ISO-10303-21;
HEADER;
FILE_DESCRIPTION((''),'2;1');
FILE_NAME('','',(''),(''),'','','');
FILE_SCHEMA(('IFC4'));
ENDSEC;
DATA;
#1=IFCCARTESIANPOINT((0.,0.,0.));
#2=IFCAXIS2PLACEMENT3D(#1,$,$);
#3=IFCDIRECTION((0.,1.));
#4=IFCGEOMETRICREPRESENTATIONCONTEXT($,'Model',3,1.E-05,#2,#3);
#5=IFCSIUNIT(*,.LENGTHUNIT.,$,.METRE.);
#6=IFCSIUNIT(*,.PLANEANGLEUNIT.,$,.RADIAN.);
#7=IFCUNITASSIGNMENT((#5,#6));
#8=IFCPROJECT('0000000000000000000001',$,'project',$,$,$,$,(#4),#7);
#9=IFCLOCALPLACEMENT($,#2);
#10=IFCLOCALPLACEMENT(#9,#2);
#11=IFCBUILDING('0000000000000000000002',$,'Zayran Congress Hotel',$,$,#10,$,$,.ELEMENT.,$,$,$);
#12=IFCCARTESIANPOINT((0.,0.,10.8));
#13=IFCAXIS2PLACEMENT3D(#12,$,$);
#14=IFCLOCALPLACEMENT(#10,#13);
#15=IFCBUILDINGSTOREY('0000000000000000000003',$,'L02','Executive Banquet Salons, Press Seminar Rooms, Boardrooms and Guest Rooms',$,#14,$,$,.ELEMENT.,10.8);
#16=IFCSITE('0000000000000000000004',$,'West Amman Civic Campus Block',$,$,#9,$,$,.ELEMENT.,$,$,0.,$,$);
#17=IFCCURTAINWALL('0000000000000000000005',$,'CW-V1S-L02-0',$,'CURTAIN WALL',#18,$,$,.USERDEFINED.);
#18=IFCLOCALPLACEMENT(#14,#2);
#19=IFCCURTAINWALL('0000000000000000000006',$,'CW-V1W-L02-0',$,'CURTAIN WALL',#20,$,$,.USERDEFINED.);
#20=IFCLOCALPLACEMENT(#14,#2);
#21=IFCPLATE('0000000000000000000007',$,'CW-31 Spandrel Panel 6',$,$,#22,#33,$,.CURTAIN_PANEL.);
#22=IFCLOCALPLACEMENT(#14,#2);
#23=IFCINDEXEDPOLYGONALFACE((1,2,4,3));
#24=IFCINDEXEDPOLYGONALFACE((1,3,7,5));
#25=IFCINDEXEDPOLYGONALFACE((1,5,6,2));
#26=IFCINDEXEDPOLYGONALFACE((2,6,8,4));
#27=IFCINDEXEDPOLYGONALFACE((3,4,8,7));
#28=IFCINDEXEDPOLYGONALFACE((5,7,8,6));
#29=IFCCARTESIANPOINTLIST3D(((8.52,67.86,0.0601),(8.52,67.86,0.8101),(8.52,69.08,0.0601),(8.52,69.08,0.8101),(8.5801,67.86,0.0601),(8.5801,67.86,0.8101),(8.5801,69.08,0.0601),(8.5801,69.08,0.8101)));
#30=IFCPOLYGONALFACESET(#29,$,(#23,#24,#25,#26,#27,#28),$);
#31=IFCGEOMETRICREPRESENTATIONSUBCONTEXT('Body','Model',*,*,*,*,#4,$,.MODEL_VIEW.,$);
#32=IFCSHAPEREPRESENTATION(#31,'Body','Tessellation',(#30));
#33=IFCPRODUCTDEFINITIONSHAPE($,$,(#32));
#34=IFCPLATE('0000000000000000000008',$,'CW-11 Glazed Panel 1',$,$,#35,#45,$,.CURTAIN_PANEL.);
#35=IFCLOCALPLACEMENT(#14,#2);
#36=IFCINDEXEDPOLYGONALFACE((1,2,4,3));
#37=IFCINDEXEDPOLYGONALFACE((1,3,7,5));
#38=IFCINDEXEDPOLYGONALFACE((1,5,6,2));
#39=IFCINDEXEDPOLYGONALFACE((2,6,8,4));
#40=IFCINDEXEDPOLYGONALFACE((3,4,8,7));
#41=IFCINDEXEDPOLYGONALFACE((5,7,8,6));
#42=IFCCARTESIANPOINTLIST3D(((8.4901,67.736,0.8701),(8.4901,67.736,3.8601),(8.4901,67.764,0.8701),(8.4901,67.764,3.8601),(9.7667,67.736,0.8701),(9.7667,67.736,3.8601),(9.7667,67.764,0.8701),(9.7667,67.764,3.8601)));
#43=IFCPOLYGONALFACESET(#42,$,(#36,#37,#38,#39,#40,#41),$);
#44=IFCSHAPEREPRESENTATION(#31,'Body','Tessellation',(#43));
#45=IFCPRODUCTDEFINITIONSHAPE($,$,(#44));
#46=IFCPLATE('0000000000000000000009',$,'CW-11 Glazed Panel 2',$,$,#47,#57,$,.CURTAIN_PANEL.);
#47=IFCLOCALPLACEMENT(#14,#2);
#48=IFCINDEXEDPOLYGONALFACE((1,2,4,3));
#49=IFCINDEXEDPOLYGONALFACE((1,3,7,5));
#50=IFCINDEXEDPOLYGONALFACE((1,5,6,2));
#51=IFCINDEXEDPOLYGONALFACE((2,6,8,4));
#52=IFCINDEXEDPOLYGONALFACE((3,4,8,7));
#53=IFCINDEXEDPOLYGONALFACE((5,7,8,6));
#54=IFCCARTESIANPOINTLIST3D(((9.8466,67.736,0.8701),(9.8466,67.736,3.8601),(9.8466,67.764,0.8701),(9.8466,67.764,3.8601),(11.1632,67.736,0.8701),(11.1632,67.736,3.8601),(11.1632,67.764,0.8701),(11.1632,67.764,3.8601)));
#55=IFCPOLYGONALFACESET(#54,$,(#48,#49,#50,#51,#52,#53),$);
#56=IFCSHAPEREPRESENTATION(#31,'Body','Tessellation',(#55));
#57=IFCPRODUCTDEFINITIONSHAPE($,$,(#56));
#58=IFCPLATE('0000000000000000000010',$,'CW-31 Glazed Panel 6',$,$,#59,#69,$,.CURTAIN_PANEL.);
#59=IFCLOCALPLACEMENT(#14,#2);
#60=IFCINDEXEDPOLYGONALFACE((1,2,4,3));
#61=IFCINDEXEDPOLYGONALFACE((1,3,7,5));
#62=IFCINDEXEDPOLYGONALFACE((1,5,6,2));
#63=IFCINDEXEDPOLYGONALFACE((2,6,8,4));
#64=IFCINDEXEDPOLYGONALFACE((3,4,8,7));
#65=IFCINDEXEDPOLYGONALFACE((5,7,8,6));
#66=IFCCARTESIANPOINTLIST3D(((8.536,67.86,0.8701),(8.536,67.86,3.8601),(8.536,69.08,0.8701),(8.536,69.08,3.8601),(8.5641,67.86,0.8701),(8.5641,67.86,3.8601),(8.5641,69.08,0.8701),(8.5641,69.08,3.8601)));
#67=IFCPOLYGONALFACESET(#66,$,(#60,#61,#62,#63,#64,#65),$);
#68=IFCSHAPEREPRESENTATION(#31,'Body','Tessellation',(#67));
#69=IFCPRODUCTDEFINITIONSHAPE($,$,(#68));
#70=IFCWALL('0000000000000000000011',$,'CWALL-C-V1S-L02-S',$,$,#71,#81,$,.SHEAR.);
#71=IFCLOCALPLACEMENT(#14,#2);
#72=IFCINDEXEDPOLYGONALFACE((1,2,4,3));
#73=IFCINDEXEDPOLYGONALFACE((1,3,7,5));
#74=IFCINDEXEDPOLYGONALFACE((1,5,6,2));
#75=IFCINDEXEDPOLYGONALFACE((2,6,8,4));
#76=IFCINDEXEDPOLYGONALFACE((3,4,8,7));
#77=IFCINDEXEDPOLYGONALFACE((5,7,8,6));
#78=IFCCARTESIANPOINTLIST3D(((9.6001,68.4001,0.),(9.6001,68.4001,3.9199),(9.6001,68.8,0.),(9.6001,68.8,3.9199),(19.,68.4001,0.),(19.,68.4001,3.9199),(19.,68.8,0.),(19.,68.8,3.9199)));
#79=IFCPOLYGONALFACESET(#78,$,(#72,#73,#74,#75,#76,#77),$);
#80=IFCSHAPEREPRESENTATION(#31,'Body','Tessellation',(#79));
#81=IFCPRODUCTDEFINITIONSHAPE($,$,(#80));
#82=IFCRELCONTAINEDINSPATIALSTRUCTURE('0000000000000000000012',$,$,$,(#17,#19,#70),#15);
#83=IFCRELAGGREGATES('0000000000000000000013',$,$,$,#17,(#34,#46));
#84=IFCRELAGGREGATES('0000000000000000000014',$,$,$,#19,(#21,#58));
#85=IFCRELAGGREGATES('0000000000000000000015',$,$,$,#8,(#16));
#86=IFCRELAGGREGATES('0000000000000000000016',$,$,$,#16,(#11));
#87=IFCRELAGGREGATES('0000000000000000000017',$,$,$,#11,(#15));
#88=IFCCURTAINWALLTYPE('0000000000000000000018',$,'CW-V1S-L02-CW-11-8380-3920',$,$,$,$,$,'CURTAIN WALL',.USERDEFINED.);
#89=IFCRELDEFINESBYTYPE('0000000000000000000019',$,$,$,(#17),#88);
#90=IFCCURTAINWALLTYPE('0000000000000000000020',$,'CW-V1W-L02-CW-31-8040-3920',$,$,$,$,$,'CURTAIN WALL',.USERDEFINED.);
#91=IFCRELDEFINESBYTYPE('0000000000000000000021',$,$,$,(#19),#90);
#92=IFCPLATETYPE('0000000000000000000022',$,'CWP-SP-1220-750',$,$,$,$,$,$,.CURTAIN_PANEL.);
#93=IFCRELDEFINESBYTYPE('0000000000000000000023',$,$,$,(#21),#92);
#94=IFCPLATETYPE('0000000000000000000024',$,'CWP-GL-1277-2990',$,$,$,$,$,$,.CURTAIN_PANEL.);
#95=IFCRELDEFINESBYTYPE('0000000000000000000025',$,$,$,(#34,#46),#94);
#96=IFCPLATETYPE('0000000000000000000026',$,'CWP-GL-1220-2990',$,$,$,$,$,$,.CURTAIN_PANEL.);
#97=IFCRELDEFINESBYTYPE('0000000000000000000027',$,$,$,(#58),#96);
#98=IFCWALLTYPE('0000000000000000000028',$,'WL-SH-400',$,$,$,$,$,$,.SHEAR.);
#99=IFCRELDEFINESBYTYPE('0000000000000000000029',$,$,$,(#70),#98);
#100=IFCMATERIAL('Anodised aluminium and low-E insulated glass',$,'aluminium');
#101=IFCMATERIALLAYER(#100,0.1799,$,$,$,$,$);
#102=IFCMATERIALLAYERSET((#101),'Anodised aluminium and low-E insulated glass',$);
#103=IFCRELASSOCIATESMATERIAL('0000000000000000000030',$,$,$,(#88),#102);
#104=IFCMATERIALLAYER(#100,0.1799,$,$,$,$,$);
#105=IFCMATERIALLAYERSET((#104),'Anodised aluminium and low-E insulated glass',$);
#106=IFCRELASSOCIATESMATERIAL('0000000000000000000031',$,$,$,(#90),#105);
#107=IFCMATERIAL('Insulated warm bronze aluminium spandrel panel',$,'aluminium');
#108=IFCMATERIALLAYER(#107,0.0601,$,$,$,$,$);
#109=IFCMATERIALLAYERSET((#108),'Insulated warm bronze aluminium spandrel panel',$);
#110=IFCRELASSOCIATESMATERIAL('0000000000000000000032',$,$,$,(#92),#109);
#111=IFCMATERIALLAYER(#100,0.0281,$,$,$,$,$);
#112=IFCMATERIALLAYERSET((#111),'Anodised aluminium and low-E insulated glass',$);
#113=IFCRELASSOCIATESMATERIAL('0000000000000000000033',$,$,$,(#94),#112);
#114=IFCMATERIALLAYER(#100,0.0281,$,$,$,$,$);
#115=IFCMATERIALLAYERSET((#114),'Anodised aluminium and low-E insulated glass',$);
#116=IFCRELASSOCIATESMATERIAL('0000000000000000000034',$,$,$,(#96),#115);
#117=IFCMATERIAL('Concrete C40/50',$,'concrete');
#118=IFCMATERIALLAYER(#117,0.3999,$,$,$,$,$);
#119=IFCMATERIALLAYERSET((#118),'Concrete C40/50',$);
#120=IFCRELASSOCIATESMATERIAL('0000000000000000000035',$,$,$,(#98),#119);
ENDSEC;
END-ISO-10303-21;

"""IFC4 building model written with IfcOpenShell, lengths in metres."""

from ifc_helpers import new_model, si_unit, direction, frame, frame_2d, origin, origin_2d, place, context, subcontext, project, spatial, rectangle, extrude, material, layer, layer_set, type_object, element, aggregate, save


model = new_model("IFC4")

# Units and contexts
model_context = context("Model", 3, precision=1e-05, world=origin(), true_north=direction((0.0, 1.0)))
body_context = subcontext(model_context, "Body", "Model", "MODEL_VIEW")
ifc_project = project(units=[si_unit("LENGTHUNIT", "METRE"), si_unit("PLANEANGLEUNIT", "RADIAN")], contexts=[model_context])

# Site, building, storey
site_placement = place(None, origin())
site = spatial("IfcSite", under=ifc_project, at=site_placement, Name="West Amman Civic Campus Block", CompositionType="ELEMENT", RefElevation=0.0)
building_placement = place(site_placement, origin())
building = spatial("IfcBuilding", under=site, at=building_placement, Name="Zayran Congress Hotel", CompositionType="ELEMENT")
storey_placement = place(building_placement, frame((0.0, 0.0, 10.8)))
storey = spatial("IfcBuildingStorey", under=building, at=storey_placement, Name="L02", Description="Executive Banquet Salons, Press Seminar Rooms, Boardrooms and Guest Rooms", CompositionType="ELEMENT", Elevation=10.8)

# Curtain wall
ifc_material_1 = material(Name="Anodised aluminium and low-E insulated glass", Category="aluminium")
ifc_layer_1 = layer(ifc_material_1, 0.1799)
ifc_layer_set_1 = layer_set([ifc_layer_1], Name="Anodised aluminium and low-E insulated glass")
curtain_wall_type_1 = type_object("IfcCurtainWallType", Name="CW-V1S-L02-CW-11-8380-3920", ElementType="CURTAIN WALL", PredefinedType="USERDEFINED", material=ifc_layer_set_1)
curtain_wall_1_placement = place(storey_placement, origin())
curtain_wall_1 = element("IfcCurtainWall", 1, at=curtain_wall_1_placement, inside=storey, type_object=curtain_wall_type_1, Name="CW-V1S-L02-0", ObjectType="CURTAIN WALL", PredefinedType="USERDEFINED")

# Curtain wall
ifc_layer_2 = layer(ifc_material_1, 0.1799)
ifc_layer_set_2 = layer_set([ifc_layer_2], Name="Anodised aluminium and low-E insulated glass")
curtain_wall_type_2 = type_object("IfcCurtainWallType", Name="CW-V1W-L02-CW-31-8040-3920", ElementType="CURTAIN WALL", PredefinedType="USERDEFINED", material=ifc_layer_set_2)
curtain_wall_2_placement = place(storey_placement, origin())
curtain_wall_2 = element("IfcCurtainWall", 2, at=curtain_wall_2_placement, inside=storey, type_object=curtain_wall_type_2, Name="CW-V1W-L02-0", ObjectType="CURTAIN WALL", PredefinedType="USERDEFINED")

# Plates
ifc_material_2 = material(Name="Insulated warm bronze aluminium spandrel panel", Category="aluminium")
ifc_layer_3 = layer(ifc_material_2, 0.0601)
ifc_layer_set_3 = layer_set([ifc_layer_3], Name="Insulated warm bronze aluminium spandrel panel")
plate_type_1 = type_object("IfcPlateType", Name="CWP-SP-1220-750", PredefinedType="CURTAIN_PANEL", material=ifc_layer_set_3)
plate_1_placement = place(storey_placement, frame((8.55, 68.47, 0.0601), z_axis=(0.0, 0.0, 1.0), x_axis=(0.0, 1.0, 0.0)))
plate_1 = element("IfcPlate", 3, at=plate_1_placement, type_object=plate_type_1, Name="CW-31 Spandrel Panel 6", PredefinedType="CURTAIN_PANEL", context=body_context, shape_type="SweptSolid", body=[
    extrude(rectangle(XDim=1.22, YDim=0.0601, at=origin_2d()), origin(), (0.0, 0.0, 1.0), 0.75),
])
ifc_layer_4 = layer(ifc_material_1, 0.0281)
ifc_layer_set_4 = layer_set([ifc_layer_4], Name="Anodised aluminium and low-E insulated glass")
plate_type_2 = type_object("IfcPlateType", Name="CWP-GL-1277-2990", PredefinedType="CURTAIN_PANEL", material=ifc_layer_set_4)
plate_2_placement = place(storey_placement, frame((9.1284, 67.75, 0.8701), z_axis=(0.0, 0.0, 1.0), x_axis=(1.0, 0.0, 0.0)))
plate_2 = element("IfcPlate", 4, at=plate_2_placement, type_object=plate_type_2, Name="CW-11 Glazed Panel 1", PredefinedType="CURTAIN_PANEL", context=body_context, shape_type="SweptSolid", body=[
    extrude(rectangle(XDim=1.2766, YDim=0.0281, at=origin_2d()), origin(), (0.0, 0.0, 1.0), 2.99),
])
plate_3_placement = place(storey_placement, frame((10.5049, 67.75, 0.8701), z_axis=(0.0, 0.0, 1.0), x_axis=(1.0, 0.0, 0.0)))
plate_3 = element("IfcPlate", 5, at=plate_3_placement, type_object=plate_type_2, Name="CW-11 Glazed Panel 2", PredefinedType="CURTAIN_PANEL", context=body_context, shape_type="SweptSolid", body=[
    extrude(rectangle(XDim=1.3167, YDim=0.0281, at=origin_2d()), origin(), (0.0, 0.0, 1.0), 2.99),
])
aggregate(curtain_wall_1, [plate_2, plate_3])
ifc_layer_5 = layer(ifc_material_1, 0.0281)
ifc_layer_set_5 = layer_set([ifc_layer_5], Name="Anodised aluminium and low-E insulated glass")
plate_type_3 = type_object("IfcPlateType", Name="CWP-GL-1220-2990", PredefinedType="CURTAIN_PANEL", material=ifc_layer_set_5)
plate_4_placement = place(storey_placement, frame((8.55, 68.47, 0.8701), z_axis=(0.0, 0.0, 1.0), x_axis=(0.0, 1.0, 0.0)))
plate_4 = element("IfcPlate", 6, at=plate_4_placement, type_object=plate_type_3, Name="CW-31 Glazed Panel 6", PredefinedType="CURTAIN_PANEL", context=body_context, shape_type="SweptSolid", body=[
    extrude(rectangle(XDim=1.22, YDim=0.0281, at=origin_2d()), origin(), (0.0, 0.0, 1.0), 2.99),
])
aggregate(curtain_wall_2, [plate_1, plate_4])

# Wall
ifc_material_3 = material(Name="Concrete C40/50", Category="concrete")
ifc_layer_6 = layer(ifc_material_3, 0.3999)
ifc_layer_set_6 = layer_set([ifc_layer_6], Name="Concrete C40/50")
wall_type = type_object("IfcWallType", Name="WL-SH-400", PredefinedType="SHEAR", material=ifc_layer_set_6)
wall_placement = place(storey_placement, frame((9.6001, 68.6001, 0.0), z_axis=(0.0, 0.0, 1.0), x_axis=(1.0, 0.0, 0.0)))
element("IfcWall", 7, at=wall_placement, inside=storey, type_object=wall_type, Name="CWALL-C-V1S-L02-S", PredefinedType="SHEAR", context=body_context, shape_type="SweptSolid", body=[
    extrude(rectangle(XDim=9.3999, YDim=0.3999, at=frame_2d((4.7, 0.0))), origin(), (0.0, 0.0, 1.0), 3.9199),
])

save(model, "model.ifc")
